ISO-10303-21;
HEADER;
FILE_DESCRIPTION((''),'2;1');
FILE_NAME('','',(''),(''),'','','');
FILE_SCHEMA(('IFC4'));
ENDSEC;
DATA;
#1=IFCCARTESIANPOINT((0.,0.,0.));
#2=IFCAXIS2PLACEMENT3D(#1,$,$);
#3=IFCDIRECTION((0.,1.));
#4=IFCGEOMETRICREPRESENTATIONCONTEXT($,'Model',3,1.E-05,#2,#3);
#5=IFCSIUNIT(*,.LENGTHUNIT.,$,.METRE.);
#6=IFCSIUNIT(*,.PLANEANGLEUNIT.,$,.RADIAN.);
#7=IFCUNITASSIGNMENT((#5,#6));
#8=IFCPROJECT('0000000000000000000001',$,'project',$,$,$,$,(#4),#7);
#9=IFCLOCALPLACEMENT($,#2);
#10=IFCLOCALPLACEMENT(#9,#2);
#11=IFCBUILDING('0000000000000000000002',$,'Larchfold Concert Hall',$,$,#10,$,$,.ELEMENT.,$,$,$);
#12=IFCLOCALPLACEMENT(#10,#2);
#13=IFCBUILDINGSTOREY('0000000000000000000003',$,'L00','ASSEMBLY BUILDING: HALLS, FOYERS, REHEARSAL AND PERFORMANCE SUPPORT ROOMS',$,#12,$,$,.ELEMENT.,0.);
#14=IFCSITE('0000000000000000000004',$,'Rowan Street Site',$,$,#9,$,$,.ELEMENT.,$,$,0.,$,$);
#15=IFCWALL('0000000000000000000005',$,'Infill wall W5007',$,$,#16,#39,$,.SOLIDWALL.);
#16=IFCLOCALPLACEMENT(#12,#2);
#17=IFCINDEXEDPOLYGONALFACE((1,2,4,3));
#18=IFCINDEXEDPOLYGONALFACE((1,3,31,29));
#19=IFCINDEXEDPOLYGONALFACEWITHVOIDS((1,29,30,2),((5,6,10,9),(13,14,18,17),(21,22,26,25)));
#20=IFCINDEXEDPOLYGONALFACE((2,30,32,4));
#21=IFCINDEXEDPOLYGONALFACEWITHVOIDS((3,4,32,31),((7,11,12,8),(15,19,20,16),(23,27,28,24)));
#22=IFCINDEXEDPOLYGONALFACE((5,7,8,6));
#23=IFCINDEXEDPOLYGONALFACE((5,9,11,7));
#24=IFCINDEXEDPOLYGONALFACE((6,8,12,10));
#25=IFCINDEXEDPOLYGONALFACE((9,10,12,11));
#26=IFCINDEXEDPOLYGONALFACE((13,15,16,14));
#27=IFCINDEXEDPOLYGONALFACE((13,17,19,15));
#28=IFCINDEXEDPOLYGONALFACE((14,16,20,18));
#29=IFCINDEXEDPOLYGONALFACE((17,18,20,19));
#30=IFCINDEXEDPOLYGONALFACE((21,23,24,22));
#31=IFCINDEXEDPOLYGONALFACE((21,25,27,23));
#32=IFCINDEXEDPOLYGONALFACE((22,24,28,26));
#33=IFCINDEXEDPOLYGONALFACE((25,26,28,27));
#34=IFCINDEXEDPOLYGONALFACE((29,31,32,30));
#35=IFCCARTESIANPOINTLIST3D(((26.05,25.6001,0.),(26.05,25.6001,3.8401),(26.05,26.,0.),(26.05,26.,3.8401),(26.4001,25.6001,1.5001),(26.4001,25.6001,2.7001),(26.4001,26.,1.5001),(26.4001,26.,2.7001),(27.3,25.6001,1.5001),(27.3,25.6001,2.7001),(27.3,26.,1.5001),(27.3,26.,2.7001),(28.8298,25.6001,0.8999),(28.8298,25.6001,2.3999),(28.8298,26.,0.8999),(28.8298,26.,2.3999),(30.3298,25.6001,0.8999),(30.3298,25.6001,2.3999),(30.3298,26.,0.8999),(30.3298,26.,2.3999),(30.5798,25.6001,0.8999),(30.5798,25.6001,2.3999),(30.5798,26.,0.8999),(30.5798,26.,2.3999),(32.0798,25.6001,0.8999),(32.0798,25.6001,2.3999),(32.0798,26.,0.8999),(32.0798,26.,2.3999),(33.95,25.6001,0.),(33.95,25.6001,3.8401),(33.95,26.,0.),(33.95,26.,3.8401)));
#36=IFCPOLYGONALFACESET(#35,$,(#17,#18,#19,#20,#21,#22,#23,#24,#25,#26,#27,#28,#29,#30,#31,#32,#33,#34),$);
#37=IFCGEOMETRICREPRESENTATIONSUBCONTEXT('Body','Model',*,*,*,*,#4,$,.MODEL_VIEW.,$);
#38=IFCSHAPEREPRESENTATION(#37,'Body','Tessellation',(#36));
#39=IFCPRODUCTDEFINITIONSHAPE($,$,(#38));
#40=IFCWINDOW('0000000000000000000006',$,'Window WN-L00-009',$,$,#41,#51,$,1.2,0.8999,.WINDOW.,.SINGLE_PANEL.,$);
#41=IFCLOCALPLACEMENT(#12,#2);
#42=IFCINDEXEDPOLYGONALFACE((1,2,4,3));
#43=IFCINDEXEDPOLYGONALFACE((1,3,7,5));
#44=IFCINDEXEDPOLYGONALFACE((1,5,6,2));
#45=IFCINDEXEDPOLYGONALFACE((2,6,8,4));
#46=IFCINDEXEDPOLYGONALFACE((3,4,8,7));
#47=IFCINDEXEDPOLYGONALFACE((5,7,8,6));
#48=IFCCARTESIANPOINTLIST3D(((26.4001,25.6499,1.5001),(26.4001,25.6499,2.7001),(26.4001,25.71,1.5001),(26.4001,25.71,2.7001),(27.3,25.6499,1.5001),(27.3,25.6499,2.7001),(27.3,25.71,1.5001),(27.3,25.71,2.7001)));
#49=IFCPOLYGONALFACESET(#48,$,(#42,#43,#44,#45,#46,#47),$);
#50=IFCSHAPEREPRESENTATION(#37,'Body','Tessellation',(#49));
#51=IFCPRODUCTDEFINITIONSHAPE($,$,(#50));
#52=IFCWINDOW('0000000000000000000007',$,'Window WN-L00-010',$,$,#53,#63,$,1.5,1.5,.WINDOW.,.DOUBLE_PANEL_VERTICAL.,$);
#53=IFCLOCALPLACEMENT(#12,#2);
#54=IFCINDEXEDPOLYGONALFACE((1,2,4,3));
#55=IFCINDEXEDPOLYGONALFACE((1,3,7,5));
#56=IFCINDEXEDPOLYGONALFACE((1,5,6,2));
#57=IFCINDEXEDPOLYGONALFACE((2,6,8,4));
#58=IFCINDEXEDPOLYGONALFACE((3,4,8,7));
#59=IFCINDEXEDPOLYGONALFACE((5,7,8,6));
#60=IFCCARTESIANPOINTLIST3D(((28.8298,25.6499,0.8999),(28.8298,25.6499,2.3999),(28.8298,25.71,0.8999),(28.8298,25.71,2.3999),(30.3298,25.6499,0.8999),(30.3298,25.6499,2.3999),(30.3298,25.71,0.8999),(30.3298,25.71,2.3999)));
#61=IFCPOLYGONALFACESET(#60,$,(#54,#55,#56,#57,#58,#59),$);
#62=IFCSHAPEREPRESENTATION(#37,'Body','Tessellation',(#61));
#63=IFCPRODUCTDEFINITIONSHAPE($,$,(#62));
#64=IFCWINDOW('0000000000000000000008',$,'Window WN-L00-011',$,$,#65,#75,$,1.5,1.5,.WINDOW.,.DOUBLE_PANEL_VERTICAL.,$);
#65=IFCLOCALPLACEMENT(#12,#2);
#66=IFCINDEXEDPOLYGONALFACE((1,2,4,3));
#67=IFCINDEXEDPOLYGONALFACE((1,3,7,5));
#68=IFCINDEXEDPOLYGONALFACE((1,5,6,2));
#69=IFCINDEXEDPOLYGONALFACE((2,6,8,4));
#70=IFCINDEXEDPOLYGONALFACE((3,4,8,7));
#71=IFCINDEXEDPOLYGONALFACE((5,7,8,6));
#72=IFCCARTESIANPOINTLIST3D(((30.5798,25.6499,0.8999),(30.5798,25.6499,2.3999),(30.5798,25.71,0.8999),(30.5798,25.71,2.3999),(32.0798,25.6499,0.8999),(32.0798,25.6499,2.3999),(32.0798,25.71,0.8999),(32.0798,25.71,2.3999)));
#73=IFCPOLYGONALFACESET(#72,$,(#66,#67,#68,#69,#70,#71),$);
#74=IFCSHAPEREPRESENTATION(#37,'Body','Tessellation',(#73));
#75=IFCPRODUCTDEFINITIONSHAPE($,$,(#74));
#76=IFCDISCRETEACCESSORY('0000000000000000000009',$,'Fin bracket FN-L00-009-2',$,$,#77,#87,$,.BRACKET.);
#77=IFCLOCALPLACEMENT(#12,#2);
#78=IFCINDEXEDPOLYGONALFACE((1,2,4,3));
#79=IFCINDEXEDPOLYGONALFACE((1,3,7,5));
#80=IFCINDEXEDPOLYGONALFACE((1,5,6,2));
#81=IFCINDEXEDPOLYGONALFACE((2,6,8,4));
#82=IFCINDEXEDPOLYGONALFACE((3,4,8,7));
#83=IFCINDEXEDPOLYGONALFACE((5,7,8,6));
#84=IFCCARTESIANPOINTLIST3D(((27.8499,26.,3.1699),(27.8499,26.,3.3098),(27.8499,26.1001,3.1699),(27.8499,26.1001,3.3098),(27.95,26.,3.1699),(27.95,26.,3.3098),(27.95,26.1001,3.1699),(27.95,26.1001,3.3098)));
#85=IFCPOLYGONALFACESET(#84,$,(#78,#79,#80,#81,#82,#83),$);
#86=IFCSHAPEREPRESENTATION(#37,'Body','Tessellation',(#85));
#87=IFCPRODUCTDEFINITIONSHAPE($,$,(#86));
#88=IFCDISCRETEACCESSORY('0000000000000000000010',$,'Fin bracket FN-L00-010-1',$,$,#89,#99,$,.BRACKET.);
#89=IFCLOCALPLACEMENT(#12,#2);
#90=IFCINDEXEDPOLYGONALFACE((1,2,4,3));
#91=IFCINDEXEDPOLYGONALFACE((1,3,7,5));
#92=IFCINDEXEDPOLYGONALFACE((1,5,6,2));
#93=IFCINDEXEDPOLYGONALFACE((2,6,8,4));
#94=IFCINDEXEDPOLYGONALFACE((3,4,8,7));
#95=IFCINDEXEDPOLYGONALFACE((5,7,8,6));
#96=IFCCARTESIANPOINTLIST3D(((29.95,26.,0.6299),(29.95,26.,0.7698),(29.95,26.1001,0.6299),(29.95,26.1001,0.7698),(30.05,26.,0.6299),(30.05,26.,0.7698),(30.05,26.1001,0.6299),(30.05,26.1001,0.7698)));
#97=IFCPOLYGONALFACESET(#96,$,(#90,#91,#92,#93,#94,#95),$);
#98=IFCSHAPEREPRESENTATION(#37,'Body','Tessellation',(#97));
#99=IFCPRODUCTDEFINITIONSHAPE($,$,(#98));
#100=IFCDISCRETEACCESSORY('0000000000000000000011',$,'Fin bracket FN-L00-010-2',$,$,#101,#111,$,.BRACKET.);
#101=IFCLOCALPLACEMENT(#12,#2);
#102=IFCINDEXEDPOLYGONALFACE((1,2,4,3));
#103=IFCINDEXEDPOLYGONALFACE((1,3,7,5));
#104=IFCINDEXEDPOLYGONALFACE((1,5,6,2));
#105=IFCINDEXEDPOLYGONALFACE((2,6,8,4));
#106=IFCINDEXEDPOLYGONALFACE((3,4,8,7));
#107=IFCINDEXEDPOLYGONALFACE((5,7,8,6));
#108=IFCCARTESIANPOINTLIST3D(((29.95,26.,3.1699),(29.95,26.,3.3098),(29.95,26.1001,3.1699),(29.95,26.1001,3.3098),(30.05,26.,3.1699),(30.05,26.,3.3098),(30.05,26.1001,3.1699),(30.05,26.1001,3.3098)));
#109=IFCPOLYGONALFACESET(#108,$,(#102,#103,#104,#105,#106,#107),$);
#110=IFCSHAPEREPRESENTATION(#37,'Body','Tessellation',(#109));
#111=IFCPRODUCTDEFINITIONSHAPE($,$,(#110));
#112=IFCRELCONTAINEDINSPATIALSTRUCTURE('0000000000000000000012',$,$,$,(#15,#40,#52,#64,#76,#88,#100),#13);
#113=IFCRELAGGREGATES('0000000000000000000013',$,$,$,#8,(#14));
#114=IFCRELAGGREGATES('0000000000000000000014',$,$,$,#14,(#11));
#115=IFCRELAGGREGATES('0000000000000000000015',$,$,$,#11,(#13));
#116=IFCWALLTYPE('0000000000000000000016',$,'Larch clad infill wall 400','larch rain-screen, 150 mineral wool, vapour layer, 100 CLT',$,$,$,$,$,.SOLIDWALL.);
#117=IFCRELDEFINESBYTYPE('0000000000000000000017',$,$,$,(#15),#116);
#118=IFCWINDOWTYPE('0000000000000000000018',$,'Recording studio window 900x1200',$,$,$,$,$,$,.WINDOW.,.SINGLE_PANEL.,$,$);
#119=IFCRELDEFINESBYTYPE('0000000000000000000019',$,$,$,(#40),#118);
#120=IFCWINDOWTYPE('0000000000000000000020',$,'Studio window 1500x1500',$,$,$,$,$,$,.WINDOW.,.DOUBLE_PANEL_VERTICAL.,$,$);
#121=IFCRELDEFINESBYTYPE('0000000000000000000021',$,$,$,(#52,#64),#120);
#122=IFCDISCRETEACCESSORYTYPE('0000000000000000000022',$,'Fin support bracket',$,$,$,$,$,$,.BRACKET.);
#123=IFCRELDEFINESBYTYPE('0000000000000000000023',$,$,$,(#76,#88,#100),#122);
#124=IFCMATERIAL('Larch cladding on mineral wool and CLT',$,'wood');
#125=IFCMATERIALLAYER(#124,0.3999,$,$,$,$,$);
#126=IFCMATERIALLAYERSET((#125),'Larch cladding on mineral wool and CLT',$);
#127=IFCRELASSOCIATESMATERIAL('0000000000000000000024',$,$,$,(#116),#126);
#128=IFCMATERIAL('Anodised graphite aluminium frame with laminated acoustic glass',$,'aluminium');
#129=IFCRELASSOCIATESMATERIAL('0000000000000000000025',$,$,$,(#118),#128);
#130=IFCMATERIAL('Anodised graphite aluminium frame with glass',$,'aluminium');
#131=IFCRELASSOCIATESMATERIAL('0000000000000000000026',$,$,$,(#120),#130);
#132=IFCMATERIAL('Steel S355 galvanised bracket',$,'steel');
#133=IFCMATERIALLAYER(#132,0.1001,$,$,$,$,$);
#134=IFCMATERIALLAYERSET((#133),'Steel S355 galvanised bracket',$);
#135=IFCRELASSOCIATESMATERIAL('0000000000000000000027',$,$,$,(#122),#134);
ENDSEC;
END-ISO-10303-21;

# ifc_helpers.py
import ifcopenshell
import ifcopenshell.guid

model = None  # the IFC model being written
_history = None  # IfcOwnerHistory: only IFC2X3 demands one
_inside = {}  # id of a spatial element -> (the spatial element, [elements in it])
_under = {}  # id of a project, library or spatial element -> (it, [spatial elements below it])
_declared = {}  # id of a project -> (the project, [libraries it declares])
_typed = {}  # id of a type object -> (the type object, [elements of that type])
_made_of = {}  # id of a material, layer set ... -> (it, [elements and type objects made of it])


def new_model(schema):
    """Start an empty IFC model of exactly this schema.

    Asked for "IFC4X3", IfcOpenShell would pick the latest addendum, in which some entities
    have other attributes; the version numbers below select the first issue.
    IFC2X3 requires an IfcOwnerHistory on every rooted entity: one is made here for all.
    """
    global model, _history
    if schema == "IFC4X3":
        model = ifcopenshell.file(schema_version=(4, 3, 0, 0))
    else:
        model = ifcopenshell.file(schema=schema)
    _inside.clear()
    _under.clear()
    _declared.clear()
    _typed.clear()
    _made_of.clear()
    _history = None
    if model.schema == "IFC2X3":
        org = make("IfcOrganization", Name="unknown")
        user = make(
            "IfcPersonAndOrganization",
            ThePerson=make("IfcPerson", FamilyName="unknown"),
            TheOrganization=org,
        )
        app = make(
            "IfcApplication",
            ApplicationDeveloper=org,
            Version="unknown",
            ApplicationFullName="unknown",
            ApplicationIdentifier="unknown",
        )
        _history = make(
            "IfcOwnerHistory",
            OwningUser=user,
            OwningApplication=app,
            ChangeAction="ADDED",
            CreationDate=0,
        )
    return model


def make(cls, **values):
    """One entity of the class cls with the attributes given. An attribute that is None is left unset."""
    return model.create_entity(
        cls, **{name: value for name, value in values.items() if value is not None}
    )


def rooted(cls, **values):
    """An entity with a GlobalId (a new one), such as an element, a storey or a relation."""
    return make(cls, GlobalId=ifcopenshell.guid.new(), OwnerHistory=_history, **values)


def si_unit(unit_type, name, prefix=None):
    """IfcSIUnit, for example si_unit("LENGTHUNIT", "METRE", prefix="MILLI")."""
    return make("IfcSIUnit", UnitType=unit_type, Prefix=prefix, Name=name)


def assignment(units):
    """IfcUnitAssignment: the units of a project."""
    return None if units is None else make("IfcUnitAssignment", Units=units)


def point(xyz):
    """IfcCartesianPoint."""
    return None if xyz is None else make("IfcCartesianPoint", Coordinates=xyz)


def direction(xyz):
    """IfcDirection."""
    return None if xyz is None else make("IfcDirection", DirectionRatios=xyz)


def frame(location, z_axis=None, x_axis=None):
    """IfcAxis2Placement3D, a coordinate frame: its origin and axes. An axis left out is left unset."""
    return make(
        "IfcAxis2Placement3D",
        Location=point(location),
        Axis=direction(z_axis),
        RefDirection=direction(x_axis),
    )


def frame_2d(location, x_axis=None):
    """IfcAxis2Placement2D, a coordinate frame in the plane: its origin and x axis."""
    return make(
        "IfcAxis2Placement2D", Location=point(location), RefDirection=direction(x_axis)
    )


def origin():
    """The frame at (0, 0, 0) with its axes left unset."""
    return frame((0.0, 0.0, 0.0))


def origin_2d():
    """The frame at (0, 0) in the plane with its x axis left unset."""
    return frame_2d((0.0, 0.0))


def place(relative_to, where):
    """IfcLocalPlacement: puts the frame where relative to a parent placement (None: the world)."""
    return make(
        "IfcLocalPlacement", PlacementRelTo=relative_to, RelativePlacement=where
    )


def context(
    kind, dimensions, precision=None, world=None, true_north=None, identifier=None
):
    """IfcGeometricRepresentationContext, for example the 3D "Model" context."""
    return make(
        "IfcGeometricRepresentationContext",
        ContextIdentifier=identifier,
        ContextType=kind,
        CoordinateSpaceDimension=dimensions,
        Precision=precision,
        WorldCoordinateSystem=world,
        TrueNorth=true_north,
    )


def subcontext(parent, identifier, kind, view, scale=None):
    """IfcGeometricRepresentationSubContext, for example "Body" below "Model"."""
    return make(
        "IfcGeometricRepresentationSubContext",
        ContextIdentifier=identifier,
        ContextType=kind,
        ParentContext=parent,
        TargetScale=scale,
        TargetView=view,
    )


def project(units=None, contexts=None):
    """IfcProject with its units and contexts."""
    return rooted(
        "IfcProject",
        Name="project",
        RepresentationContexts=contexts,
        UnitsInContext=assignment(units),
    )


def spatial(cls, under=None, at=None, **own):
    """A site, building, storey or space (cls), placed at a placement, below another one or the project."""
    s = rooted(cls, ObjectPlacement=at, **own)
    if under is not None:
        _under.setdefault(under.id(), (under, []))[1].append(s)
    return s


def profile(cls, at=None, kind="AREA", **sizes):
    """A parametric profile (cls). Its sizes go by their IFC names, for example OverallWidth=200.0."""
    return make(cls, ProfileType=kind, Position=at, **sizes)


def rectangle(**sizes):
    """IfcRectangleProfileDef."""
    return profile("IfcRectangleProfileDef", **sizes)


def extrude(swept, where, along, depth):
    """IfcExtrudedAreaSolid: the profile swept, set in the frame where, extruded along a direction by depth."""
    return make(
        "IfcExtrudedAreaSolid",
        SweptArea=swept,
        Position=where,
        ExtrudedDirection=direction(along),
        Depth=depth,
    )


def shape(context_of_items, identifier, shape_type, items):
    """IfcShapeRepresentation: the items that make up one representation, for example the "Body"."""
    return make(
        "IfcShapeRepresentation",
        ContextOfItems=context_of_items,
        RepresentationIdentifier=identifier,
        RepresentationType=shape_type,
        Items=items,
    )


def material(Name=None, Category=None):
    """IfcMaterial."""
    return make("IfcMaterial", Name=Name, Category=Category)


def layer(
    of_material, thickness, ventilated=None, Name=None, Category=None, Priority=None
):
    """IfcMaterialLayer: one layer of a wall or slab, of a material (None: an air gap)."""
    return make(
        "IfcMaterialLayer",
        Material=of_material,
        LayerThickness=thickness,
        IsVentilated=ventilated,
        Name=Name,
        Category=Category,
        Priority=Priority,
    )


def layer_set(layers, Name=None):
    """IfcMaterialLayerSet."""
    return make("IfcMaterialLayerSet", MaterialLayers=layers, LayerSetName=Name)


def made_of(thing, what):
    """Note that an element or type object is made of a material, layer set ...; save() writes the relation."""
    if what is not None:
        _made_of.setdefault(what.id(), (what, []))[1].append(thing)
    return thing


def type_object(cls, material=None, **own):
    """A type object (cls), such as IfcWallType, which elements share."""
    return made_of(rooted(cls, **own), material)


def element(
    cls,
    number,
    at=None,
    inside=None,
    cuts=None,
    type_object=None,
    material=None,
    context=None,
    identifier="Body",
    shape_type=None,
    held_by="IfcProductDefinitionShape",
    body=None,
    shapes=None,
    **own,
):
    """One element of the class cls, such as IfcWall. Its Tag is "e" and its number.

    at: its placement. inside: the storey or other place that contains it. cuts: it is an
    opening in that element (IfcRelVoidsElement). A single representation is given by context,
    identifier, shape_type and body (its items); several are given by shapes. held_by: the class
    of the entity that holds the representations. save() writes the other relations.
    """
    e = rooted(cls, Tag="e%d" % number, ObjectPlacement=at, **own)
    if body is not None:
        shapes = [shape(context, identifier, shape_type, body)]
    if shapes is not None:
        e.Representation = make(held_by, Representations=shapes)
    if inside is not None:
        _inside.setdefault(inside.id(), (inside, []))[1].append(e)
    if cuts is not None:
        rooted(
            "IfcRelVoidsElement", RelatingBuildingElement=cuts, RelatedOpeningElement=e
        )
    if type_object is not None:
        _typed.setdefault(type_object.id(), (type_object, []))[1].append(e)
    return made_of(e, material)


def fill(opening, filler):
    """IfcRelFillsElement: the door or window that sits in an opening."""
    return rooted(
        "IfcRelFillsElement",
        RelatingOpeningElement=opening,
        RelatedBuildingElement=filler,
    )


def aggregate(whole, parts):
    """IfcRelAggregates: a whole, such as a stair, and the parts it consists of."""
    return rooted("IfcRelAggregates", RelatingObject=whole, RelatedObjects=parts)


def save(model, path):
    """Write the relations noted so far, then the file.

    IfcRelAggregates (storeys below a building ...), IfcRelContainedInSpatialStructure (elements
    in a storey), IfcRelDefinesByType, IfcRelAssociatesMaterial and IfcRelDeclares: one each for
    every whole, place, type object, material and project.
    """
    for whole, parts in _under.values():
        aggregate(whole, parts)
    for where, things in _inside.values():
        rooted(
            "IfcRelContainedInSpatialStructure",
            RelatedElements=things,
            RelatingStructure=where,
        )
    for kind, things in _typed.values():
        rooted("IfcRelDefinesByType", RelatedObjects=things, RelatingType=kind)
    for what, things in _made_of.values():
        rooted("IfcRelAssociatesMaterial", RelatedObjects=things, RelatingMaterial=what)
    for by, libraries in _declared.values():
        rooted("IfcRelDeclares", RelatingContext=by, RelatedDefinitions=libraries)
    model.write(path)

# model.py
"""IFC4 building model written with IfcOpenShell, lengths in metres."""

from ifc_helpers import new_model, si_unit, direction, frame, frame_2d, origin, origin_2d, place, context, subcontext, project, spatial, rectangle, extrude, material, layer, layer_set, type_object, element, fill, save


model = new_model("IFC4")

# Units and contexts
model_context = context("Model", 3, precision=1e-05, world=origin(), true_north=direction((0.0, 1.0)))
body_context = subcontext(model_context, "Body", "Model", "MODEL_VIEW")
ifc_project = project(units=[si_unit("LENGTHUNIT", "METRE"), si_unit("PLANEANGLEUNIT", "RADIAN")], contexts=[model_context])

# Site, building, storey
site_placement = place(None, origin())
site = spatial("IfcSite", under=ifc_project, at=site_placement, Name="Rowan Street Site", CompositionType="ELEMENT", RefElevation=0.0)
building_placement = place(site_placement, origin())
building = spatial("IfcBuilding", under=site, at=building_placement, Name="Larchfold Concert Hall", CompositionType="ELEMENT")
storey_placement = place(building_placement, origin())
storey = spatial("IfcBuildingStorey", under=building, at=storey_placement, Name="L00", Description="ASSEMBLY BUILDING: HALLS, FOYERS, REHEARSAL AND PERFORMANCE SUPPORT ROOMS", CompositionType="ELEMENT", Elevation=0.0)

# Wall, openings, windows
ifc_material_1 = material(Name="Larch cladding on mineral wool and CLT", Category="wood")
ifc_layer_1 = layer(ifc_material_1, 0.3999)
ifc_layer_set_1 = layer_set([ifc_layer_1], Name="Larch cladding on mineral wool and CLT")
wall_type_1 = type_object("IfcWallType", Name="Larch clad infill wall 400", Description="larch rain-screen, 150 mineral wool, vapour layer, 100 CLT", PredefinedType="SOLIDWALL", material=ifc_layer_set_1)
wall_1_placement = place(storey_placement, frame((33.95, 25.8, 0.0), z_axis=(0.0, 0.0, 1.0), x_axis=(-1.0, 0.0, 0.0)))
wall_1 = element("IfcWall", 1, at=wall_1_placement, inside=storey, type_object=wall_type_1, Name="Infill wall W5007", PredefinedType="SOLIDWALL", context=body_context, shape_type="SweptSolid", body=[
    extrude(rectangle(XDim=7.8999, YDim=0.3999, at=frame_2d((3.95, 0.0))), origin(), (0.0, 0.0, 1.0), 3.8401),
])
opening_1_placement = place(wall_1_placement, frame((6.6499, 0.0, 1.5)))
opening_1 = element("IfcOpeningElement", 2, at=opening_1_placement, cuts=wall_1, PredefinedType="OPENING", context=body_context, shape_type="SweptSolid", body=[
    extrude(rectangle(XDim=0.8999, YDim=1.2, at=frame_2d((0.45, 0.6001))), frame((0.0, 0.21, 0.0), z_axis=(0.0, -1.0, 0.0), x_axis=(1.0, 0.0, 0.0)), (0.0, 0.0, 1.0), 0.4199),
])
opening_2_placement = place(wall_1_placement, frame((3.6201, 0.0, 0.8999)))
opening_2 = element("IfcOpeningElement", 3, at=opening_2_placement, cuts=wall_1, PredefinedType="OPENING", context=body_context, shape_type="SweptSolid", body=[
    extrude(rectangle(XDim=1.5, YDim=1.5, at=frame_2d((0.75, 0.75))), frame((0.0, 0.21, 0.0), z_axis=(0.0, -1.0, 0.0), x_axis=(1.0, 0.0, 0.0)), (0.0, 0.0, 1.0), 0.4199),
])
opening_3_placement = place(wall_1_placement, frame((1.8701, 0.0, 0.8999)))
opening_3 = element("IfcOpeningElement", 4, at=opening_3_placement, cuts=wall_1, PredefinedType="OPENING", context=body_context, shape_type="SweptSolid", body=[
    extrude(rectangle(XDim=1.5, YDim=1.5, at=frame_2d((0.75, 0.75))), frame((0.0, 0.21, 0.0), z_axis=(0.0, -1.0, 0.0), x_axis=(1.0, 0.0, 0.0)), (0.0, 0.0, 1.0), 0.4199),
])
ifc_material_2 = material(Name="Anodised graphite aluminium frame with laminated acoustic glass", Category="aluminium")
window_type_1 = type_object("IfcWindowType", Name="Recording studio window 900x1200", PartitioningType="SINGLE_PANEL", PredefinedType="WINDOW", material=ifc_material_2)
window_1_placement = place(opening_1_placement, origin())
window_1 = element("IfcWindow", 5, at=window_1_placement, inside=storey, type_object=window_type_1, Name="Window WN-L00-009", OverallHeight=1.2, OverallWidth=0.8999, PartitioningType="SINGLE_PANEL", PredefinedType="WINDOW", context=body_context, shape_type="SweptSolid", body=[
    extrude(rectangle(XDim=0.8999, YDim=1.2, at=frame_2d((0.45, 0.6001))), frame((0.0, 0.1501, 0.0), z_axis=(0.0, -1.0, 0.0), x_axis=(1.0, 0.0, 0.0)), (0.0, 0.0, 1.0), 0.0601),
])
fill(opening_1, window_1)
ifc_material_3 = material(Name="Anodised graphite aluminium frame with glass", Category="aluminium")
window_type_2 = type_object("IfcWindowType", Name="Studio window 1500x1500", PartitioningType="DOUBLE_PANEL_VERTICAL", PredefinedType="WINDOW", material=ifc_material_3)
window_2_placement = place(opening_2_placement, origin())
window_2 = element("IfcWindow", 6, at=window_2_placement, inside=storey, type_object=window_type_2, Name="Window WN-L00-010", OverallHeight=1.5, OverallWidth=1.5, PartitioningType="DOUBLE_PANEL_VERTICAL", PredefinedType="WINDOW", context=body_context, shape_type="SweptSolid", body=[
    extrude(rectangle(XDim=1.5, YDim=1.5, at=frame_2d((0.75, 0.75))), frame((0.0, 0.1501, 0.0), z_axis=(0.0, -1.0, 0.0), x_axis=(1.0, 0.0, 0.0)), (0.0, 0.0, 1.0), 0.0601),
])
fill(opening_2, window_2)
window_3_placement = place(opening_3_placement, origin())
window_3 = element("IfcWindow", 7, at=window_3_placement, inside=storey, type_object=window_type_2, Name="Window WN-L00-011", OverallHeight=1.5, OverallWidth=1.5, PartitioningType="DOUBLE_PANEL_VERTICAL", PredefinedType="WINDOW", context=body_context, shape_type="SweptSolid", body=[
    extrude(rectangle(XDim=1.5, YDim=1.5, at=frame_2d((0.75, 0.75))), frame((0.0, 0.1501, 0.0), z_axis=(0.0, -1.0, 0.0), x_axis=(1.0, 0.0, 0.0)), (0.0, 0.0, 1.0), 0.0601),
])
fill(opening_3, window_3)

# Discrete accessories
ifc_material_4 = material(Name="Steel S355 galvanised bracket", Category="steel")
ifc_layer_2 = layer(ifc_material_4, 0.1001)
ifc_layer_set_2 = layer_set([ifc_layer_2], Name="Steel S355 galvanised bracket")
discrete_accessory_type = type_object("IfcDiscreteAccessoryType", Name="Fin support bracket", PredefinedType="BRACKET", material=ifc_layer_set_2)
for number, where, z_axis, x_axis, name in (
    (8, (27.8999, 26.05, 3.1699), (0.0, 0.0, 1.0), (0.0, 1.0, 0.0), "Fin bracket FN-L00-009-2"),
    (9, (30.0, 26.05, 0.6299), (0.0, 0.0, 1.0), (0.0, 1.0, 0.0), "Fin bracket FN-L00-010-1"),
    (10, (30.0, 26.05, 3.1699), (0.0, 0.0, 1.0), (0.0, 1.0, 0.0), "Fin bracket FN-L00-010-2"),
):
    element("IfcDiscreteAccessory", number, at=place(storey_placement, frame(where, z_axis=z_axis, x_axis=x_axis)), inside=storey, type_object=discrete_accessory_type, Name=name, PredefinedType="BRACKET", context=body_context, shape_type="SweptSolid", body=[
        extrude(rectangle(XDim=0.1001, YDim=0.1001, at=origin_2d()), origin(), (0.0, 0.0, 1.0), 0.1399),
    ])

save(model, "model.ifc")
